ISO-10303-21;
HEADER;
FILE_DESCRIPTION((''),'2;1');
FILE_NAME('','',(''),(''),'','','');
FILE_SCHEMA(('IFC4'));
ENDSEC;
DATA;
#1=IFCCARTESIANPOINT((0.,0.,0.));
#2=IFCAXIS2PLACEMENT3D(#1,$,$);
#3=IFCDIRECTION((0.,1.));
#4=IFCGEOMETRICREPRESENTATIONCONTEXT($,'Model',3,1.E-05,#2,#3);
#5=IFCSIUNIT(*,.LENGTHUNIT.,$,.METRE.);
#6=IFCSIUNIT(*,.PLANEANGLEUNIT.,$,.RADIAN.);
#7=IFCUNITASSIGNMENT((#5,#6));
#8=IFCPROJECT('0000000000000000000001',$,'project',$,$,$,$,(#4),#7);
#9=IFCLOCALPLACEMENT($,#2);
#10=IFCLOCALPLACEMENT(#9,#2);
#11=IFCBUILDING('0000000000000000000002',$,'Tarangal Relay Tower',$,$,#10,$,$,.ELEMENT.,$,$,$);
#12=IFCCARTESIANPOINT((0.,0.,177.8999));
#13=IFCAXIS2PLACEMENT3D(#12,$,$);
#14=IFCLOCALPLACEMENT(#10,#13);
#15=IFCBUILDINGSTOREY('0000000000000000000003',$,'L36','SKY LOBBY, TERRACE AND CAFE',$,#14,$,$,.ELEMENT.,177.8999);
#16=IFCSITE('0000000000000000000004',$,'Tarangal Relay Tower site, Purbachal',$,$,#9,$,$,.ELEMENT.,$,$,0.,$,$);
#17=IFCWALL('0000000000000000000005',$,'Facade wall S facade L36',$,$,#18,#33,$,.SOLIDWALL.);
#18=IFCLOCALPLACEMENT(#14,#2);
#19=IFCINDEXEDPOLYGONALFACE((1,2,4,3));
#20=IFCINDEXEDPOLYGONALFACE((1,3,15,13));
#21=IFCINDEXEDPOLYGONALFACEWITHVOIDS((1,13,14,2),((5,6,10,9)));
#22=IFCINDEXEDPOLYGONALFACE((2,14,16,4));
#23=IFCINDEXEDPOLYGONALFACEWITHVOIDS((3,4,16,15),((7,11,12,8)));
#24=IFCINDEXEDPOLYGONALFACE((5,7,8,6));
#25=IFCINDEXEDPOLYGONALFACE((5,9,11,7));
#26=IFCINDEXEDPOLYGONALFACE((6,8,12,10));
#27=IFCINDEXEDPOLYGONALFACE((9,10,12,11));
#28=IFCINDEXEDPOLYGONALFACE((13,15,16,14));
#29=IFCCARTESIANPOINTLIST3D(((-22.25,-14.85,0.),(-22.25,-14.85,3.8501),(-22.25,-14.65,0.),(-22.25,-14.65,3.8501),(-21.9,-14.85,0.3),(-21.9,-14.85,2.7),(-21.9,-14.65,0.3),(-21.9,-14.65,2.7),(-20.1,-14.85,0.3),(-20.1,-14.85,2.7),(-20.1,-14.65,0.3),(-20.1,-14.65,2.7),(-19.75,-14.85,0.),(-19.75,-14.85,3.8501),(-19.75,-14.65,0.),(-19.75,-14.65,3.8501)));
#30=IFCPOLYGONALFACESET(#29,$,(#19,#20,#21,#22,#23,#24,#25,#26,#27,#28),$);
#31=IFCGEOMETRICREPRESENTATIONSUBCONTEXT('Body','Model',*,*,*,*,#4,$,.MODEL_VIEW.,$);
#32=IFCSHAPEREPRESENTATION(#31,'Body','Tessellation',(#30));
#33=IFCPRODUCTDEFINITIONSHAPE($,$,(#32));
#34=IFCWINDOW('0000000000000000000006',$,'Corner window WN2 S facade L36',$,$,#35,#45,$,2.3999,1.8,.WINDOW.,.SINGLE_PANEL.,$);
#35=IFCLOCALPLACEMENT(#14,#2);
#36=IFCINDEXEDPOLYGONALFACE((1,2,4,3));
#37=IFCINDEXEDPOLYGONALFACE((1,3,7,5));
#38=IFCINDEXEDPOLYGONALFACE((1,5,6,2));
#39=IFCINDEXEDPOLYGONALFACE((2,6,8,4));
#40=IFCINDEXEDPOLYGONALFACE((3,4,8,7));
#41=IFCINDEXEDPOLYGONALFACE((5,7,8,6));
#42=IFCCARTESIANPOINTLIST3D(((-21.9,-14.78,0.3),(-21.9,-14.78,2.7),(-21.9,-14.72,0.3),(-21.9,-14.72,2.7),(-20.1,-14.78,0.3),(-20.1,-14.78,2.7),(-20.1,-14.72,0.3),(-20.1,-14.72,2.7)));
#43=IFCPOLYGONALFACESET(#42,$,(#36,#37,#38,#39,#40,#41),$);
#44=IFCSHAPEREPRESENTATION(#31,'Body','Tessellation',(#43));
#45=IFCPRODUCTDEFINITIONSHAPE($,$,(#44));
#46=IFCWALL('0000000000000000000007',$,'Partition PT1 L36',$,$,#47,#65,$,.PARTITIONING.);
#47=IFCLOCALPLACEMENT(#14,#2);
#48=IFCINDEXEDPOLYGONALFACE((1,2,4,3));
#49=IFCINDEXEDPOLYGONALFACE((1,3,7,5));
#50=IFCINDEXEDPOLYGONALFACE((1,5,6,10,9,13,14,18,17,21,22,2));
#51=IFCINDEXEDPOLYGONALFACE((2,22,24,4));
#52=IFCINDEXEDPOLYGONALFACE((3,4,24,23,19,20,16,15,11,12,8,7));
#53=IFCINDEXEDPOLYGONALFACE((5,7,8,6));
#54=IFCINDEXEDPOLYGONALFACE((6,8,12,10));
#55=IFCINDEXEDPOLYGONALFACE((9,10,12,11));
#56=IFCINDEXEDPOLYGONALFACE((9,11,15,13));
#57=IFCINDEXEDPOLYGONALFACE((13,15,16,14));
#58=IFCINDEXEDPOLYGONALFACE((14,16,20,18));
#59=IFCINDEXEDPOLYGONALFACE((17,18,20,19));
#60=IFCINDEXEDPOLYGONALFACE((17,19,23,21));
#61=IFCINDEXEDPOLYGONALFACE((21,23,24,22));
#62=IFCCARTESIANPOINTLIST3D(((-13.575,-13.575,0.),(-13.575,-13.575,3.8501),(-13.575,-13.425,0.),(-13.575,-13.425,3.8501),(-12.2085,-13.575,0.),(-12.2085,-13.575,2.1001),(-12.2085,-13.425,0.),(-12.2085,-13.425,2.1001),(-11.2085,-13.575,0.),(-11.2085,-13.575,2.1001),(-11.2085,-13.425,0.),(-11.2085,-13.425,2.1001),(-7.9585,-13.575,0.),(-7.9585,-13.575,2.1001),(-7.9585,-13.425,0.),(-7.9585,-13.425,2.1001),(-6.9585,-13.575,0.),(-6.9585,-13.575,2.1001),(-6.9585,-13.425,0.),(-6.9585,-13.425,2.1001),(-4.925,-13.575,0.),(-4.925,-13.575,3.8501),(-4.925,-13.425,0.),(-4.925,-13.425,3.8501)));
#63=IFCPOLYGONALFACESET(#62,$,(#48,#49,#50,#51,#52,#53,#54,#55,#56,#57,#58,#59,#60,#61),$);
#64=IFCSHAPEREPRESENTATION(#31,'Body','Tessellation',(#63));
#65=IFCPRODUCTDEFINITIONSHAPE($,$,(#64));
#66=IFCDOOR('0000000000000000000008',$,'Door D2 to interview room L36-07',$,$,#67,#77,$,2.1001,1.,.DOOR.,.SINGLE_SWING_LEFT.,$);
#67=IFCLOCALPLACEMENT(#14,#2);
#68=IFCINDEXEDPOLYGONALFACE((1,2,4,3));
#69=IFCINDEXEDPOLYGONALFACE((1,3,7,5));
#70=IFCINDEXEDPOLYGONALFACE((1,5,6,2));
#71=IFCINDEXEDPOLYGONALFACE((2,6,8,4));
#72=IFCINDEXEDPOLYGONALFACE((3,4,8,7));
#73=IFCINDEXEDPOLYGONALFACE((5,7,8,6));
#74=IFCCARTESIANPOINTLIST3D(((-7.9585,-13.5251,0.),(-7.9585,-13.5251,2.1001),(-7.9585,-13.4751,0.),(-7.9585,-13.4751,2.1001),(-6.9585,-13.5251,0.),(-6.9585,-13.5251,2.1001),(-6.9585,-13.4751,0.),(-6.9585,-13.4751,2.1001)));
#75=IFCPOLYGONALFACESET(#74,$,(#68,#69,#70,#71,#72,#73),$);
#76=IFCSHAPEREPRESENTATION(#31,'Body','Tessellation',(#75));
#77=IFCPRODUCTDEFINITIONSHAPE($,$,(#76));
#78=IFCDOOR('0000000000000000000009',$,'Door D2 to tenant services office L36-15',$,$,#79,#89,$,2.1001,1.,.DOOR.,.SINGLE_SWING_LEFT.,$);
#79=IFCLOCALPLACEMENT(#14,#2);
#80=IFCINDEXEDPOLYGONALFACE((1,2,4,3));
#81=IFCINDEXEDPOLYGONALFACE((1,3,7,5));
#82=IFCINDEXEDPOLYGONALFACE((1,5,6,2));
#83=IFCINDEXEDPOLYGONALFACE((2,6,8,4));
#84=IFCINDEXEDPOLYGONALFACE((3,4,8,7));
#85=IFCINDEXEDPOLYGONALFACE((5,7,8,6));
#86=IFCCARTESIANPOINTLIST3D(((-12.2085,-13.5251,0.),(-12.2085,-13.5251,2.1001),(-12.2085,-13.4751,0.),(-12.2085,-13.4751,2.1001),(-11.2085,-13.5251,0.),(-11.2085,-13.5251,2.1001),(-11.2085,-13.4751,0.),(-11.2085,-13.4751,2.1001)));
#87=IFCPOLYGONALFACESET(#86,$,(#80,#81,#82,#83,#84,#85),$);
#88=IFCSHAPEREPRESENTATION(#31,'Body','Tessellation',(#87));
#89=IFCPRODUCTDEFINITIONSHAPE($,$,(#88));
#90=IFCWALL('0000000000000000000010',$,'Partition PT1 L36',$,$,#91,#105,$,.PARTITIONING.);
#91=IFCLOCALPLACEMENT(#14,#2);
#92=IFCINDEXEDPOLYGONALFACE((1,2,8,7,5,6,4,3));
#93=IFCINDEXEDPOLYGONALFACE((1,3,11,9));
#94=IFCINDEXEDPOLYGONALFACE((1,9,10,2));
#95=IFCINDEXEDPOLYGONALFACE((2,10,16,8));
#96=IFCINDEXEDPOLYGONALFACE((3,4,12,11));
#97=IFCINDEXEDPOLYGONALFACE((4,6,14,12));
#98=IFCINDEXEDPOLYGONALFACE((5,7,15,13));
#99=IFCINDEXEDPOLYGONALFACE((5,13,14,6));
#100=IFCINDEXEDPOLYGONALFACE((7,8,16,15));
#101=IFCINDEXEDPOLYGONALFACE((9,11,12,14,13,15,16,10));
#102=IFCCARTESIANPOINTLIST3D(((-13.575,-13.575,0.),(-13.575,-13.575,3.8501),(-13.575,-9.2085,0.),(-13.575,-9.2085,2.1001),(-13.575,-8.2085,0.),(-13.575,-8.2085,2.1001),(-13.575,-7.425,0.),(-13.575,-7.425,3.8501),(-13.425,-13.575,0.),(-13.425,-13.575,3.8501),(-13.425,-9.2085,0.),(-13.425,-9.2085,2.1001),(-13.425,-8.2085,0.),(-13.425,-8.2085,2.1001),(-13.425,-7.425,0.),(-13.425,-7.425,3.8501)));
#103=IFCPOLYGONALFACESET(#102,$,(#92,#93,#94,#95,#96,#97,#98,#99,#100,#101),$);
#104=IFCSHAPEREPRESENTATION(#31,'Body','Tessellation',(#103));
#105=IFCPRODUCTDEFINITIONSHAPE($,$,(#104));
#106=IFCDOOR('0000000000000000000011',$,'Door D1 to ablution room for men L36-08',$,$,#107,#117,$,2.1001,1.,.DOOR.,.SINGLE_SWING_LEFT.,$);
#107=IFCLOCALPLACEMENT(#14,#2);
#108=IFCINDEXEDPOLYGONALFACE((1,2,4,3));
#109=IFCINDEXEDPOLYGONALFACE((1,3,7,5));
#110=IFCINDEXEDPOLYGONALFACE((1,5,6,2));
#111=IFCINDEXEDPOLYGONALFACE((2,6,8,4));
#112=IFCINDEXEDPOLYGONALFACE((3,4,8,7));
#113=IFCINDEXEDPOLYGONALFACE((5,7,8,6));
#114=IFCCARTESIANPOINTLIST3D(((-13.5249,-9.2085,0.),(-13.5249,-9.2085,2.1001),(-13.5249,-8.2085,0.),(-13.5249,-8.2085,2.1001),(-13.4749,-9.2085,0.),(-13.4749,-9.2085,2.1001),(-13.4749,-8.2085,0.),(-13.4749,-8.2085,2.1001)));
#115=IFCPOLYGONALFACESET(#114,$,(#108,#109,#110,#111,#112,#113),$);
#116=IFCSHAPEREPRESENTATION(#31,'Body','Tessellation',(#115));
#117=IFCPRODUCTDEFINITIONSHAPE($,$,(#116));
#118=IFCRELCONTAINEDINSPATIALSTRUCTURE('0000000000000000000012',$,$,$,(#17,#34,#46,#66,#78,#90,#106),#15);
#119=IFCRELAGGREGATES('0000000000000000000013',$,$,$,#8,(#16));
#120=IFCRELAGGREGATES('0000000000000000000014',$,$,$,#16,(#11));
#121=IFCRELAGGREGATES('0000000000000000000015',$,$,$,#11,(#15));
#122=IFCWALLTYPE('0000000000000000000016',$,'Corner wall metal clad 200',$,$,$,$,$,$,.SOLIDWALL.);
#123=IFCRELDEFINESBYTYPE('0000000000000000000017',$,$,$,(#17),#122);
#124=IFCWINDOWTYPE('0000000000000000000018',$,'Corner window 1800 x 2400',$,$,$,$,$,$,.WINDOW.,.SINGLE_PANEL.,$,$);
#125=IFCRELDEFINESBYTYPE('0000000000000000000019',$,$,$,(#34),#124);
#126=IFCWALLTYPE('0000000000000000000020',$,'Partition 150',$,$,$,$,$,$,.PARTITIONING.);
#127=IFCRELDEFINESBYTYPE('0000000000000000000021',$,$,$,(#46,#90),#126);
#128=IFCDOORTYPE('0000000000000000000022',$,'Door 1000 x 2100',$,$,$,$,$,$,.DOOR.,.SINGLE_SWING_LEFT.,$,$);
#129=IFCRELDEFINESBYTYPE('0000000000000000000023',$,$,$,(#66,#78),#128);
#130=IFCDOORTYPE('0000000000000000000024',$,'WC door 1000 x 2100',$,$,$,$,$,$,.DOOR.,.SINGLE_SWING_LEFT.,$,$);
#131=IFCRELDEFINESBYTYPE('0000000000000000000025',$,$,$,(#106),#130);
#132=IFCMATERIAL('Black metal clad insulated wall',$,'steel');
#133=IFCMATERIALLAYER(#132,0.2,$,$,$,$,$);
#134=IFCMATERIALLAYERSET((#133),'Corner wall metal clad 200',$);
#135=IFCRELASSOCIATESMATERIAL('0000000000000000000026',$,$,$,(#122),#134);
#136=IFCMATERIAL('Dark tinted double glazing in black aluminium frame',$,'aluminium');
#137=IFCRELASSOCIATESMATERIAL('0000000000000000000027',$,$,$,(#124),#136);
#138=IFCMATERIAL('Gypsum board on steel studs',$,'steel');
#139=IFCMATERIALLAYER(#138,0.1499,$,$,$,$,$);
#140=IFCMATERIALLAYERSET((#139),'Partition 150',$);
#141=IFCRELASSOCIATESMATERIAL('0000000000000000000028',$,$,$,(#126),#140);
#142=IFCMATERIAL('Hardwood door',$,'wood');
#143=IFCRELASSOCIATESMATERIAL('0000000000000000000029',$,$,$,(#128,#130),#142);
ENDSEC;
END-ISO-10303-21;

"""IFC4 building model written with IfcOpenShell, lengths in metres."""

from ifc_helpers import new_model, si_unit, direction, frame, frame_2d, origin, place, context, subcontext, project, spatial, rectangle, extrude, material, layer, layer_set, type_object, element, fill, save


model = new_model("IFC4")

# Units and contexts
model_context = context("Model", 3, precision=1e-05, world=origin(), true_north=direction((0.0, 1.0)))
body_context = subcontext(model_context, "Body", "Model", "MODEL_VIEW")
ifc_project = project(units=[si_unit("LENGTHUNIT", "METRE"), si_unit("PLANEANGLEUNIT", "RADIAN")], contexts=[model_context])

# Site, building, storey
site_placement = place(None, origin())
site = spatial("IfcSite", under=ifc_project, at=site_placement, Name="Tarangal Relay Tower site, Purbachal", CompositionType="ELEMENT", RefElevation=0.0)
building_placement = place(site_placement, origin())
building = spatial("IfcBuilding", under=site, at=building_placement, Name="Tarangal Relay Tower", CompositionType="ELEMENT")
storey_placement = place(building_placement, frame((0.0, 0.0, 177.8999)))
storey = spatial("IfcBuildingStorey", under=building, at=storey_placement, Name="L36", Description="SKY LOBBY, TERRACE AND CAFE", CompositionType="ELEMENT", Elevation=177.8999)

# Shared definitions
ifc_material_1 = material(Name="Black metal clad insulated wall", Category="steel")
ifc_layer_1 = layer(ifc_material_1, 0.2)
ifc_layer_set_1 = layer_set([ifc_layer_1], Name="Corner wall metal clad 200")
wall_type_1 = type_object("IfcWallType", Name="Corner wall metal clad 200", PredefinedType="SOLIDWALL", material=ifc_layer_set_1)
ifc_material_2 = material(Name="Dark tinted double glazing in black aluminium frame", Category="aluminium")
window_type = type_object("IfcWindowType", Name="Corner window 1800 x 2400", PartitioningType="SINGLE_PANEL", PredefinedType="WINDOW", material=ifc_material_2)

# Wall, opening, window
wall_1_placement = place(storey_placement, frame((-19.75, -14.75, 0.0), z_axis=(0.0, 0.0, 1.0), x_axis=(-1.0, 0.0, 0.0)))
wall_1 = element("IfcWall", 1, at=wall_1_placement, inside=storey, type_object=wall_type_1, Name="Facade wall S facade L36", PredefinedType="SOLIDWALL", context=body_context, shape_type="SweptSolid", body=[
    extrude(rectangle(XDim=2.5, YDim=0.2, at=frame_2d((1.25, 0.0))), origin(), (0.0, 0.0, 1.0), 3.8501),
])
opening_1_placement = place(wall_1_placement, frame((0.3501, 0.0, 0.3)))
opening_1 = element("IfcOpeningElement", 2, at=opening_1_placement, cuts=wall_1, PredefinedType="OPENING", context=body_context, shape_type="SweptSolid", body=[
    extrude(rectangle(XDim=1.8, YDim=2.3999, at=frame_2d((0.8999, 1.2))), frame((0.0, 0.1099, 0.0), z_axis=(0.0, -1.0, 0.0), x_axis=(1.0, 0.0, 0.0)), (0.0, 0.0, 1.0), 0.22),
])
window_1_placement = place(opening_1_placement, origin())
window_1 = element("IfcWindow", 3, at=window_1_placement, inside=storey, type_object=window_type, Name="Corner window WN2 S facade L36", OverallHeight=2.3999, OverallWidth=1.8, PartitioningType="SINGLE_PANEL", PredefinedType="WINDOW", context=body_context, shape_type="SweptSolid", body=[
    extrude(rectangle(XDim=1.8, YDim=2.3999, at=frame_2d((0.8999, 1.2))), frame((0.0, 0.03, 0.0), z_axis=(0.0, -1.0, 0.0), x_axis=(1.0, 0.0, 0.0)), (0.0, 0.0, 1.0), 0.0601),
])
fill(opening_1, window_1)

# Wall, openings, doors
ifc_material_3 = material(Name="Gypsum board on steel studs", Category="steel")
ifc_layer_2 = layer(ifc_material_3, 0.1499)
ifc_layer_set_2 = layer_set([ifc_layer_2], Name="Partition 150")
wall_type_2 = type_object("IfcWallType", Name="Partition 150", PredefinedType="PARTITIONING", material=ifc_layer_set_2)
wall_2_placement = place(storey_placement, frame((-13.575, -13.5, 0.0), z_axis=(0.0, 0.0, 1.0), x_axis=(1.0, 0.0, 0.0)))
wall_2 = element("IfcWall", 4, at=wall_2_placement, inside=storey, type_object=wall_type_2, Name="Partition PT1 L36", PredefinedType="PARTITIONING", context=body_context, shape_type="SweptSolid", body=[
    extrude(rectangle(XDim=8.6499, YDim=0.1499, at=frame_2d((4.325, 0.0))), origin(), (0.0, 0.0, 1.0), 3.8501),
])
opening_2_placement = place(wall_2_placement, frame((5.6165, 0.0, 0.0)))
opening_2 = element("IfcOpeningElement", 5, at=opening_2_placement, cuts=wall_2, PredefinedType="OPENING", context=body_context, shape_type="SweptSolid", body=[
    extrude(rectangle(XDim=1.0, YDim=2.1001, at=frame_2d((0.5, 1.05))), frame((0.0, 0.085, 0.0), z_axis=(0.0, -1.0, 0.0), x_axis=(1.0, 0.0, 0.0)), (0.0, 0.0, 1.0), 0.1699),
])
opening_3_placement = place(wall_2_placement, frame((1.3665, 0.0, 0.0)))
opening_3 = element("IfcOpeningElement", 6, at=opening_3_placement, cuts=wall_2, PredefinedType="OPENING", context=body_context, shape_type="SweptSolid", body=[
    extrude(rectangle(XDim=1.0, YDim=2.1001, at=frame_2d((0.5, 1.05))), frame((0.0, 0.085, 0.0), z_axis=(0.0, -1.0, 0.0), x_axis=(1.0, 0.0, 0.0)), (0.0, 0.0, 1.0), 0.1699),
])
ifc_material_4 = material(Name="Hardwood door", Category="wood")
door_type_1 = type_object("IfcDoorType", Name="Door 1000 x 2100", OperationType="SINGLE_SWING_LEFT", PredefinedType="DOOR", material=ifc_material_4)
door_1_placement = place(opening_2_placement, origin())
door_1 = element("IfcDoor", 7, at=door_1_placement, inside=storey, type_object=door_type_1, Name="Door D2 to interview room L36-07", OperationType="SINGLE_SWING_LEFT", OverallHeight=2.1001, OverallWidth=1.0, PredefinedType="DOOR", context=body_context, shape_type="SweptSolid", body=[
    extrude(rectangle(XDim=1.0, YDim=2.1001, at=frame_2d((0.5, 1.05))), frame((0.0, 0.0249, 0.0), z_axis=(0.0, -1.0, 0.0), x_axis=(1.0, 0.0, 0.0)), (0.0, 0.0, 1.0), 0.05),
])
fill(opening_2, door_1)
door_2_placement = place(opening_3_placement, origin())
door_2 = element("IfcDoor", 8, at=door_2_placement, inside=storey, type_object=door_type_1, Name="Door D2 to tenant services office L36-15", OperationType="SINGLE_SWING_LEFT", OverallHeight=2.1001, OverallWidth=1.0, PredefinedType="DOOR", context=body_context, shape_type="SweptSolid", body=[
    extrude(rectangle(XDim=1.0, YDim=2.1001, at=frame_2d((0.5, 1.05))), frame((0.0, 0.0249, 0.0), z_axis=(0.0, -1.0, 0.0), x_axis=(1.0, 0.0, 0.0)), (0.0, 0.0, 1.0), 0.05),
])
fill(opening_3, door_2)

# Wall, opening, door
wall_3_placement = place(storey_placement, frame((-13.5, -13.575, 0.0), z_axis=(0.0, 0.0, 1.0), x_axis=(0.0, 1.0, 0.0)))
wall_3 = element("IfcWall", 9, at=wall_3_placement, inside=storey, type_object=wall_type_2, Name="Partition PT1 L36", PredefinedType="PARTITIONING", context=body_context, shape_type="SweptSolid", body=[
    extrude(rectangle(XDim=6.1499, YDim=0.1499, at=frame_2d((3.075, 0.0))), origin(), (0.0, 0.0, 1.0), 3.8501),
])
opening_4_placement = place(wall_3_placement, frame((4.3665, 0.0, 0.0)))
opening_4 = element("IfcOpeningElement", 10, at=opening_4_placement, cuts=wall_3, PredefinedType="OPENING", context=body_context, shape_type="SweptSolid", body=[
    extrude(rectangle(XDim=1.0, YDim=2.1001, at=frame_2d((0.5, 1.05))), frame((0.0, 0.085, 0.0), z_axis=(0.0, -1.0, 0.0), x_axis=(1.0, 0.0, 0.0)), (0.0, 0.0, 1.0), 0.1699),
])
door_type_2 = type_object("IfcDoorType", Name="WC door 1000 x 2100", OperationType="SINGLE_SWING_LEFT", PredefinedType="DOOR", material=ifc_material_4)
door_3_placement = place(opening_4_placement, origin())
door_3 = element("IfcDoor", 11, at=door_3_placement, inside=storey, type_object=door_type_2, Name="Door D1 to ablution room for men L36-08", OperationType="SINGLE_SWING_LEFT", OverallHeight=2.1001, OverallWidth=1.0, PredefinedType="DOOR", context=body_context, shape_type="SweptSolid", body=[
    extrude(rectangle(XDim=1.0, YDim=2.1001, at=frame_2d((0.5, 1.05))), frame((0.0, 0.0249, 0.0), z_axis=(0.0, -1.0, 0.0), x_axis=(1.0, 0.0, 0.0)), (0.0, 0.0, 1.0), 0.05),
])
fill(opening_4, door_3)

save(model, "model.ifc")
